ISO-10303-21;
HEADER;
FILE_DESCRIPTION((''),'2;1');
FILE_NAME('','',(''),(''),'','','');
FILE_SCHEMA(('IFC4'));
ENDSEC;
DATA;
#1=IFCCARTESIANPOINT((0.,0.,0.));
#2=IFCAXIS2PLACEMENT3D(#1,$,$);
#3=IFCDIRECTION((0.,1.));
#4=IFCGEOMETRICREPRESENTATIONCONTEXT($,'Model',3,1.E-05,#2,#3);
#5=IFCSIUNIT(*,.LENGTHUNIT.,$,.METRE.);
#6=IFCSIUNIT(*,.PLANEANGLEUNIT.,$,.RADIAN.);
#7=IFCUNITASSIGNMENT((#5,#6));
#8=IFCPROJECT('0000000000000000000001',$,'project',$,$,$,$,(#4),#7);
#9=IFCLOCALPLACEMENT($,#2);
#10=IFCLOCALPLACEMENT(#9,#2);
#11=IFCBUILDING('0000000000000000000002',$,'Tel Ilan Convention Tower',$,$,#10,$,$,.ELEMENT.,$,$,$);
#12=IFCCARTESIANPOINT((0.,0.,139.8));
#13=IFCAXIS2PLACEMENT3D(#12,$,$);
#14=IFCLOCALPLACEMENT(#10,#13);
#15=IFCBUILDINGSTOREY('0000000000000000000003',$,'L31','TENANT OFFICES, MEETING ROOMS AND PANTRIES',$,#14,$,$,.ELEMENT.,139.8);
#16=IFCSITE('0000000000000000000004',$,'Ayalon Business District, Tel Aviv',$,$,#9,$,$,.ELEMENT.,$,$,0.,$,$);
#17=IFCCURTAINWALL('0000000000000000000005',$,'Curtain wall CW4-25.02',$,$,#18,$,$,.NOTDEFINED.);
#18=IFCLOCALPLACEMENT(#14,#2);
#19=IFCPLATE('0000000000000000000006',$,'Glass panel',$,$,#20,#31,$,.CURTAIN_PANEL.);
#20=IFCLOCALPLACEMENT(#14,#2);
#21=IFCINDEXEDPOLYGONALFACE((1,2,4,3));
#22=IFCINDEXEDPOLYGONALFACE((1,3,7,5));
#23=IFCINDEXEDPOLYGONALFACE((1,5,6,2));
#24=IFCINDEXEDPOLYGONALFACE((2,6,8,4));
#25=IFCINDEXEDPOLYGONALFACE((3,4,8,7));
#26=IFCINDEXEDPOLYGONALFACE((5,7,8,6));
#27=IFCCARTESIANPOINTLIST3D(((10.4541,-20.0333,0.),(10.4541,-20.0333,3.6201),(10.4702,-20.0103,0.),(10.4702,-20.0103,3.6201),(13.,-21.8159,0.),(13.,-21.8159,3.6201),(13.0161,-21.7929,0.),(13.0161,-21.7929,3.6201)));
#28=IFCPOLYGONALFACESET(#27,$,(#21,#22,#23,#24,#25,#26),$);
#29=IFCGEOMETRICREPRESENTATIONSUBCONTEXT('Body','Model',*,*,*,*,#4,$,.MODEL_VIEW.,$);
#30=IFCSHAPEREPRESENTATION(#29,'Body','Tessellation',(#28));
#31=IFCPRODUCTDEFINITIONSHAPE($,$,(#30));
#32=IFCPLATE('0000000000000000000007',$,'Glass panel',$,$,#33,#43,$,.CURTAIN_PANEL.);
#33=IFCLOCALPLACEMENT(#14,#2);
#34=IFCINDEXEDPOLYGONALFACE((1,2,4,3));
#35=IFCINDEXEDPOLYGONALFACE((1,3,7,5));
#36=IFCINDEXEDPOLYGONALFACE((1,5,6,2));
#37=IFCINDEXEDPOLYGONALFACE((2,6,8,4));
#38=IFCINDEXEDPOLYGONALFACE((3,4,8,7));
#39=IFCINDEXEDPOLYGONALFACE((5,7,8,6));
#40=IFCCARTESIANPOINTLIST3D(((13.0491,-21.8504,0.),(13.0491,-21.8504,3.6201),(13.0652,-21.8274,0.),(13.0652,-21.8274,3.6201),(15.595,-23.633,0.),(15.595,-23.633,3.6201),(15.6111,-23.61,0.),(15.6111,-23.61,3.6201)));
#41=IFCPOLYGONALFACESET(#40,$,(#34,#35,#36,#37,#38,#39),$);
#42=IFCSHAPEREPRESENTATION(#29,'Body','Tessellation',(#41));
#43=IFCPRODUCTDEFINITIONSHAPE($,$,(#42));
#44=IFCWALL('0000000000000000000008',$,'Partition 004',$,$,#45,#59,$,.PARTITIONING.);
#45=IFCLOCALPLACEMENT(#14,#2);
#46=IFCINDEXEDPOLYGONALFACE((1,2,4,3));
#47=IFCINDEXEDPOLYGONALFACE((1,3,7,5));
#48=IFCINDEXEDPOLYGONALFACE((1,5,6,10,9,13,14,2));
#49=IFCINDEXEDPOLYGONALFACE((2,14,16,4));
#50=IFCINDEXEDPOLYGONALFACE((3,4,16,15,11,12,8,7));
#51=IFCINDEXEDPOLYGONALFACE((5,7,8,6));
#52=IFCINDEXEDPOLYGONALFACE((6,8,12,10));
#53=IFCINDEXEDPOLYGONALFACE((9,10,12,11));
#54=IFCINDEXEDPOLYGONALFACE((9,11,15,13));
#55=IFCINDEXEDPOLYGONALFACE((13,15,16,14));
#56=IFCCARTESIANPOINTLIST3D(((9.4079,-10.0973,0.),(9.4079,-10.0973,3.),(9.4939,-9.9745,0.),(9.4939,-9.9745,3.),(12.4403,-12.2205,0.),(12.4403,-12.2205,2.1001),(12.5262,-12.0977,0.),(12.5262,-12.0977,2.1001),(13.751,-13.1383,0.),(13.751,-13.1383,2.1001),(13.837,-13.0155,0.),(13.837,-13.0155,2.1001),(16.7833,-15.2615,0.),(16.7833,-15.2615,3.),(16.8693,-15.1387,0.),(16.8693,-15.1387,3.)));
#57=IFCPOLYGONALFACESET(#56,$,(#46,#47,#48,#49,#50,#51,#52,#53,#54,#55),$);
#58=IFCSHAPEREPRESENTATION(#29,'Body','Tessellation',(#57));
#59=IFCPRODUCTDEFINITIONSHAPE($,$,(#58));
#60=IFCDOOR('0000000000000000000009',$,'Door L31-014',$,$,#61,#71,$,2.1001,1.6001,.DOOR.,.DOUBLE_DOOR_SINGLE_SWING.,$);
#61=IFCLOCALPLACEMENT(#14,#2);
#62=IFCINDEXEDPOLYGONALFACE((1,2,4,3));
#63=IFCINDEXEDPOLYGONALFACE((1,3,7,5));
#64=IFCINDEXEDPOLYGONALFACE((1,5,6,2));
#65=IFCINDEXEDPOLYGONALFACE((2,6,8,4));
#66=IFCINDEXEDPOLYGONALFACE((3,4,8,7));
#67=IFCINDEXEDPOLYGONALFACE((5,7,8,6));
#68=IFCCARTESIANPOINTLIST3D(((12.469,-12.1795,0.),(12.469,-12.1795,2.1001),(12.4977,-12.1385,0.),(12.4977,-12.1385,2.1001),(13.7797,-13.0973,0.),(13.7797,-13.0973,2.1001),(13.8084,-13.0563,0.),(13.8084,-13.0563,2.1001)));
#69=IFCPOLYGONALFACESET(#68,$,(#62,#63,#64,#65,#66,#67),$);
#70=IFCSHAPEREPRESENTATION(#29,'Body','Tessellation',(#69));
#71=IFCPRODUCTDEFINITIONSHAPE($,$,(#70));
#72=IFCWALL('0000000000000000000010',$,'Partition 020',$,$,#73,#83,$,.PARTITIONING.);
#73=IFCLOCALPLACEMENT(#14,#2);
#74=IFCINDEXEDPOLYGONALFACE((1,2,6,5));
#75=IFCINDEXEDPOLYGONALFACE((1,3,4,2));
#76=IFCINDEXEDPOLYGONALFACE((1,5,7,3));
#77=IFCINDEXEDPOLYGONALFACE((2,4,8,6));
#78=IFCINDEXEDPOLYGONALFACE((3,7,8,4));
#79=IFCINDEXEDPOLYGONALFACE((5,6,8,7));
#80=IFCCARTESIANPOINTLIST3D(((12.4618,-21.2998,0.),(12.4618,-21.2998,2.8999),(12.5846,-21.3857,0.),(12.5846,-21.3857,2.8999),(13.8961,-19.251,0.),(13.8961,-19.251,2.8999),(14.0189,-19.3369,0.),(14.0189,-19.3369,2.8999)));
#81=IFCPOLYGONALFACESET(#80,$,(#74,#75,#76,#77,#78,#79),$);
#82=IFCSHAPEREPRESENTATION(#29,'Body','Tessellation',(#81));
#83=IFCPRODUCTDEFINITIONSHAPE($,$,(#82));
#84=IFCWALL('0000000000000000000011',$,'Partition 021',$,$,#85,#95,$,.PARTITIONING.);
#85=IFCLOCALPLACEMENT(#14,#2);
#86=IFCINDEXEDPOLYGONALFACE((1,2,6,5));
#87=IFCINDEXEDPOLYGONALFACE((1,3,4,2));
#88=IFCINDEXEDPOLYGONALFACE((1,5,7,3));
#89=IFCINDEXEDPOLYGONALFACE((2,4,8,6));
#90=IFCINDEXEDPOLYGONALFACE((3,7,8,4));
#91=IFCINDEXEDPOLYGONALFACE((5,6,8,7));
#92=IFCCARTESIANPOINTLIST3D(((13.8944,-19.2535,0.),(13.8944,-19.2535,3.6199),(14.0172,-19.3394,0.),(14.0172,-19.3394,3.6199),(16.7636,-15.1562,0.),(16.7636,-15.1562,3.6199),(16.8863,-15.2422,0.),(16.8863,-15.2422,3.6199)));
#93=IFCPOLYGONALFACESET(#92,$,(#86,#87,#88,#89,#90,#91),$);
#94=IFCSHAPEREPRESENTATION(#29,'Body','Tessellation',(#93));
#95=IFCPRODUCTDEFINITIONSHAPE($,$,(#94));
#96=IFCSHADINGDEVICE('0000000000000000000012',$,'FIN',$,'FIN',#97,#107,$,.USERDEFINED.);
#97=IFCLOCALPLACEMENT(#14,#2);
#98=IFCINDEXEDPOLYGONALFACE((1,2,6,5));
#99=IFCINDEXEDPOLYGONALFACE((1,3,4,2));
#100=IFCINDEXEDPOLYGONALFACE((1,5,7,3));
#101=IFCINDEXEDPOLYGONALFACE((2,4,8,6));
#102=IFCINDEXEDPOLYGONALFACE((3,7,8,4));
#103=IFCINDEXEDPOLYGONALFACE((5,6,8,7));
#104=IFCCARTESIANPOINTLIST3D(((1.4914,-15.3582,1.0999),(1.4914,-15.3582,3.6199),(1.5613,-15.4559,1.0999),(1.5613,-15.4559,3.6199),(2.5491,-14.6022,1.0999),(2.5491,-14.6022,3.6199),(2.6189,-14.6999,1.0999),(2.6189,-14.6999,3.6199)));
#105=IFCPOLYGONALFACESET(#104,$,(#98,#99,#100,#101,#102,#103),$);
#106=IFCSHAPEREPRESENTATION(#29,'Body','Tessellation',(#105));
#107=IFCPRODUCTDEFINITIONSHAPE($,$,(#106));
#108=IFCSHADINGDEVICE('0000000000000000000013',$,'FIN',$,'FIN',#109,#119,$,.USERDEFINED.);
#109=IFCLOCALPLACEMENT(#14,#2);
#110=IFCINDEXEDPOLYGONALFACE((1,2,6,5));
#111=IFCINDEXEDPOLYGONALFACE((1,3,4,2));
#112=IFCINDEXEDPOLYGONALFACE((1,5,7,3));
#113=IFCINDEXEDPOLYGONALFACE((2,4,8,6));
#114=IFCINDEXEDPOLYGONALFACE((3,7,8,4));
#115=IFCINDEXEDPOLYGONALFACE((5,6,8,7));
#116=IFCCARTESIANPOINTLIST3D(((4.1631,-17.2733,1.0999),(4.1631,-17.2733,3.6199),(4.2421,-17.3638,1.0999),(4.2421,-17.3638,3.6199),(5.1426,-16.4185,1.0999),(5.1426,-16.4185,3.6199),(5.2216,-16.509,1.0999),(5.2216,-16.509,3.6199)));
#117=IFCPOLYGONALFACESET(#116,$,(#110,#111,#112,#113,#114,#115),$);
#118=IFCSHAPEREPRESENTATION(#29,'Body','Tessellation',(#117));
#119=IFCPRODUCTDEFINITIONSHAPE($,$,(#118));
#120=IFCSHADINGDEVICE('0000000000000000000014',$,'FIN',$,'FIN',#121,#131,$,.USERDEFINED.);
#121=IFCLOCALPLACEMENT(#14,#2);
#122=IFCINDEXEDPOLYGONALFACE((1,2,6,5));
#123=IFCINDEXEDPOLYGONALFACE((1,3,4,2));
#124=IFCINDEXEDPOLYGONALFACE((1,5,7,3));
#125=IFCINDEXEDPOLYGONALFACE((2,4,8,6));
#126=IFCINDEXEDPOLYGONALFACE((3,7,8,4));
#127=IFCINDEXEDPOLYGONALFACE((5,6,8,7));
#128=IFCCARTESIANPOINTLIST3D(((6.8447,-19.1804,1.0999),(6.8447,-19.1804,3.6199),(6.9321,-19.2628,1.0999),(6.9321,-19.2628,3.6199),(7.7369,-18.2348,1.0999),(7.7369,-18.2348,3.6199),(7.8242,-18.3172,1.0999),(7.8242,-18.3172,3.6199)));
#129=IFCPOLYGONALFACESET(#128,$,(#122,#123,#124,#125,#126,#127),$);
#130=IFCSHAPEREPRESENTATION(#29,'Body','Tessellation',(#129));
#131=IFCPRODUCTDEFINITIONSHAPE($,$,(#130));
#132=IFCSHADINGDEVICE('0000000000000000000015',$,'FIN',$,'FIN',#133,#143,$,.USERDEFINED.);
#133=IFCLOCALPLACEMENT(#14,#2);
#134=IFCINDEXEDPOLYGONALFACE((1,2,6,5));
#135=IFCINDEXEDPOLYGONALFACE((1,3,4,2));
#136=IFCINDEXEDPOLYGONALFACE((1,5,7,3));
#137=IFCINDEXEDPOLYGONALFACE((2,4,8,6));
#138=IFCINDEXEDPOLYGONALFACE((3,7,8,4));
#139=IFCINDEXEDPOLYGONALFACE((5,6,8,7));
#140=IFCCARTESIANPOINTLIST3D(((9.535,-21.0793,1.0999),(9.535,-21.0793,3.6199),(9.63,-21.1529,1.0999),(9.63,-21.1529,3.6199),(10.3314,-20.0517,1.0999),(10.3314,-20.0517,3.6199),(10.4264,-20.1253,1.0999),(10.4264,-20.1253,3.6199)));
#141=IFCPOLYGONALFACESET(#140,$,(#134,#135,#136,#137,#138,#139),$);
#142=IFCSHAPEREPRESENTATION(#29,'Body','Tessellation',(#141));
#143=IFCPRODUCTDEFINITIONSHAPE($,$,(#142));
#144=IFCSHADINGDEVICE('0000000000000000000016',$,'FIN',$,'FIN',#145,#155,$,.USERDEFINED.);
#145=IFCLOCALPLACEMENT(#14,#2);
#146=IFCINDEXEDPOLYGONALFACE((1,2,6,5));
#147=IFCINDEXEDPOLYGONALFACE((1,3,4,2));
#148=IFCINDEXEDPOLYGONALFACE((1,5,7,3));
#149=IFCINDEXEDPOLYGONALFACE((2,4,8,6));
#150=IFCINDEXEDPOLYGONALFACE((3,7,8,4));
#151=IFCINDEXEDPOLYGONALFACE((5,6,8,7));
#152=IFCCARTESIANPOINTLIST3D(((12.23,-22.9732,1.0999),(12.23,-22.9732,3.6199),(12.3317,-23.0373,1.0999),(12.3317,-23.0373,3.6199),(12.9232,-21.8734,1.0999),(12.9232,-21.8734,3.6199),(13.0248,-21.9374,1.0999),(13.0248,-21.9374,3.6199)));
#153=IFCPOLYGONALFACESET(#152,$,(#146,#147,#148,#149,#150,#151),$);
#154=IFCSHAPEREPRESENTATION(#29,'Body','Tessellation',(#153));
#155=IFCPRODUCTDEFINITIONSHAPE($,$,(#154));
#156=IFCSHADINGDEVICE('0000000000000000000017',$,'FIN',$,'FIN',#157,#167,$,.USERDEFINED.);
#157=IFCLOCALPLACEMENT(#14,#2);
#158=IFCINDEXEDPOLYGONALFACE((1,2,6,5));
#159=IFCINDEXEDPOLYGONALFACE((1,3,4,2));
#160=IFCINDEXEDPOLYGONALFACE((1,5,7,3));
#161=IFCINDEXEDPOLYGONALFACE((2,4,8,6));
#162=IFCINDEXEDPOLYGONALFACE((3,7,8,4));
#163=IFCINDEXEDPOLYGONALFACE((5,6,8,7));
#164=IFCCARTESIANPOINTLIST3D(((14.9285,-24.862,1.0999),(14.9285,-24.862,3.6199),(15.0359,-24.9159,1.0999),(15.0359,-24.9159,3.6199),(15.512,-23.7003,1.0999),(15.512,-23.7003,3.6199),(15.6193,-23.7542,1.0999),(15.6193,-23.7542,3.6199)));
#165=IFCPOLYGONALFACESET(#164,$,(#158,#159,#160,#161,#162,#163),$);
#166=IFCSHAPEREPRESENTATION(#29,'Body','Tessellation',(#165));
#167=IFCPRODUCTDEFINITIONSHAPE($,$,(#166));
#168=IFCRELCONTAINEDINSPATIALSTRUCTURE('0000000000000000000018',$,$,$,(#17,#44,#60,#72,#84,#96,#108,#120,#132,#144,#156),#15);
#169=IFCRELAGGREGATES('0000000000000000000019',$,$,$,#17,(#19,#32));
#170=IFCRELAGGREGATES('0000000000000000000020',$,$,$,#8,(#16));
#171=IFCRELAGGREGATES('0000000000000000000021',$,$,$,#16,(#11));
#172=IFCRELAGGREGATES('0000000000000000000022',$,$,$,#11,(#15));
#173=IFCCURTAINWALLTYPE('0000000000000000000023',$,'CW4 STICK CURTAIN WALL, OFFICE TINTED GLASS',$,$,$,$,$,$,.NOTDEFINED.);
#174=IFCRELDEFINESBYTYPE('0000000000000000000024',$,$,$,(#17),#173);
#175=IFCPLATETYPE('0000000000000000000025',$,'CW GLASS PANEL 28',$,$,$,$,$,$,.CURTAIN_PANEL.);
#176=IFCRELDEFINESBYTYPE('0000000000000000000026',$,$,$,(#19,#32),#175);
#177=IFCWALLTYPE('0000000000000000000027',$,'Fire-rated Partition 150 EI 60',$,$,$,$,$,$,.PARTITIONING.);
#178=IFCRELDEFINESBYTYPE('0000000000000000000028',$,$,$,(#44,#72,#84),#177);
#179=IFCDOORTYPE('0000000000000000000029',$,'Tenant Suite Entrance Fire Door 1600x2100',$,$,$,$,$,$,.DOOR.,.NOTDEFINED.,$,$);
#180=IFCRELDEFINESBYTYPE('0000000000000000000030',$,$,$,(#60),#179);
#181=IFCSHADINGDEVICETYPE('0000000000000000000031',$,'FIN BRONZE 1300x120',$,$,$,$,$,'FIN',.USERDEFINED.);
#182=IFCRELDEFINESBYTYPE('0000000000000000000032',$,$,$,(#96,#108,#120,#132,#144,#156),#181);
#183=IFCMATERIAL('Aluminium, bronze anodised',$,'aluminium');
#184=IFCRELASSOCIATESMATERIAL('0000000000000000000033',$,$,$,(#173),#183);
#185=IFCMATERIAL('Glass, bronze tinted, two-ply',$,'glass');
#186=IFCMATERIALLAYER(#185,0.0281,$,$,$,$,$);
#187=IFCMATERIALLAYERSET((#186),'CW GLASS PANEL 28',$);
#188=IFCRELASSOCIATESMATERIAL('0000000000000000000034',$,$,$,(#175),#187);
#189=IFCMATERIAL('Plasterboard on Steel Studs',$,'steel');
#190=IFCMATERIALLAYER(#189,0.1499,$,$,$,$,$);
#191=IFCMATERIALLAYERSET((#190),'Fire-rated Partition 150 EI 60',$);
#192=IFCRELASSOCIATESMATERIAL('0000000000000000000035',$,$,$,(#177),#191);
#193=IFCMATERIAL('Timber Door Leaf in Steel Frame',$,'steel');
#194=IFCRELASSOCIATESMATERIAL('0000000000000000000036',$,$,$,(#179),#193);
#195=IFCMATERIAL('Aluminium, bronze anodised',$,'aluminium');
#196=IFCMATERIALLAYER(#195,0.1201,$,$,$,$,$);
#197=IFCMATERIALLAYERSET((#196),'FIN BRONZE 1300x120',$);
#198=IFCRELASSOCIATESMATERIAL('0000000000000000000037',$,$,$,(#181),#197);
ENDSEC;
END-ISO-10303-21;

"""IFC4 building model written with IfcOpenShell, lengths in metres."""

from ifc_helpers import new_model, si_unit, direction, frame, frame_2d, origin, origin_2d, place, context, subcontext, project, spatial, rectangle, extrude, material, layer, layer_set, type_object, element, fill, aggregate, save


model = new_model("IFC4")

# Units and contexts
model_context = context("Model", 3, precision=1e-05, world=origin(), true_north=direction((0.0, 1.0)))
body_context = subcontext(model_context, "Body", "Model", "MODEL_VIEW")
ifc_project = project(units=[si_unit("LENGTHUNIT", "METRE"), si_unit("PLANEANGLEUNIT", "RADIAN")], contexts=[model_context])

# Site, building, storey
site_placement = place(None, origin())
site = spatial("IfcSite", under=ifc_project, at=site_placement, Name="Ayalon Business District, Tel Aviv", CompositionType="ELEMENT", RefElevation=0.0)
building_placement = place(site_placement, origin())
building = spatial("IfcBuilding", under=site, at=building_placement, Name="Tel Ilan Convention Tower", CompositionType="ELEMENT")
storey_placement = place(building_placement, frame((0.0, 0.0, 139.8)))
storey = spatial("IfcBuildingStorey", under=building, at=storey_placement, Name="L31", Description="TENANT OFFICES, MEETING ROOMS AND PANTRIES", CompositionType="ELEMENT", Elevation=139.8)

# Curtain wall, plates
ifc_material_1 = material(Name="Aluminium, bronze anodised", Category="aluminium")
curtain_wall_type = type_object("IfcCurtainWallType", Name="CW4 STICK CURTAIN WALL, OFFICE TINTED GLASS", PredefinedType="NOTDEFINED", material=ifc_material_1)
curtain_wall_placement = place(storey_placement, origin())
curtain_wall = element("IfcCurtainWall", 1, at=curtain_wall_placement, inside=storey, type_object=curtain_wall_type, Name="Curtain wall CW4-25.02", PredefinedType="NOTDEFINED")
ifc_material_2 = material(Name="Glass, bronze tinted, two-ply", Category="glass")
ifc_layer_1 = layer(ifc_material_2, 0.0281)
ifc_layer_set_1 = layer_set([ifc_layer_1], Name="CW GLASS PANEL 28")
plate_type = type_object("IfcPlateType", Name="CW GLASS PANEL 28", PredefinedType="CURTAIN_PANEL", material=ifc_layer_set_1)
plate_1_placement = place(storey_placement, frame((11.7351, -20.9131, 0.0), z_axis=(0.0, 0.0, 1.0), x_axis=(0.819152, -0.573576, 0.0)))
plate_1 = element("IfcPlate", 2, at=plate_1_placement, type_object=plate_type, Name="Glass panel", PredefinedType="CURTAIN_PANEL", context=body_context, shape_type="SweptSolid", body=[
    extrude(rectangle(XDim=3.1079, YDim=0.0281, at=origin_2d()), origin(), (0.0, 0.0, 1.0), 3.6201),
])
plate_2_placement = place(storey_placement, frame((14.3301, -22.7302, 0.0), z_axis=(0.0, 0.0, 1.0), x_axis=(0.819152, -0.573576, 0.0)))
plate_2 = element("IfcPlate", 3, at=plate_2_placement, type_object=plate_type, Name="Glass panel", PredefinedType="CURTAIN_PANEL", context=body_context, shape_type="SweptSolid", body=[
    extrude(rectangle(XDim=3.1079, YDim=0.0281, at=origin_2d()), origin(), (0.0, 0.0, 1.0), 3.6201),
])
aggregate(curtain_wall, [plate_1, plate_2])

# Wall, opening, door
ifc_material_3 = material(Name="Plasterboard on Steel Studs", Category="steel")
ifc_layer_2 = layer(ifc_material_3, 0.1499)
ifc_layer_set_2 = layer_set([ifc_layer_2], Name="Fire-rated Partition 150 EI 60")
wall_type = type_object("IfcWallType", Name="Fire-rated Partition 150 EI 60", PredefinedType="PARTITIONING", material=ifc_layer_set_2)
wall_1_placement = place(storey_placement, frame((16.8264, -15.2002, 0.0), z_axis=(0.0, 0.0, 1.0), x_axis=(-0.819155, 0.573572, 0.0)))
wall_1 = element("IfcWall", 4, at=wall_1_placement, inside=storey, type_object=wall_type, Name="Partition 004", PredefinedType="PARTITIONING", context=body_context, shape_type="SweptSolid", body=[
    extrude(rectangle(XDim=9.0037, YDim=0.1499, at=frame_2d((4.502, 0.0))), origin(), (0.0, 0.0, 1.0), 3.0),
])
opening_placement = place(wall_1_placement, frame((3.7019, 0.0, 0.0)))
opening = element("IfcOpeningElement", 5, at=opening_placement, cuts=wall_1, PredefinedType="OPENING", context=body_context, shape_type="SweptSolid", body=[
    extrude(rectangle(XDim=1.6001, YDim=2.1001, at=frame_2d((0.8, 1.05))), frame((0.0, 0.085, 0.0), z_axis=(0.0, -1.0, 0.0), x_axis=(1.0, 0.0, 0.0)), (0.0, 0.0, 1.0), 0.1699),
])
ifc_material_4 = material(Name="Timber Door Leaf in Steel Frame", Category="steel")
door_type = type_object("IfcDoorType", Name="Tenant Suite Entrance Fire Door 1600x2100", OperationType="NOTDEFINED", PredefinedType="DOOR", material=ifc_material_4)
door_placement = place(opening_placement, origin())
door = element("IfcDoor", 6, at=door_placement, inside=storey, type_object=door_type, Name="Door L31-014", OperationType="DOUBLE_DOOR_SINGLE_SWING", OverallHeight=2.1001, OverallWidth=1.6001, PredefinedType="DOOR", context=body_context, shape_type="SweptSolid", body=[
    extrude(rectangle(XDim=1.6001, YDim=2.1001, at=frame_2d((0.8, 1.05))), frame((0.0, 0.0249, 0.0), z_axis=(0.0, -1.0, 0.0), x_axis=(1.0, 0.0, 0.0)), (0.0, 0.0, 1.0), 0.05),
])
fill(opening, door)

# Walls
wall_2_placement = place(storey_placement, frame((13.9575, -19.2939, 0.0), z_axis=(0.0, 0.0, 1.0), x_axis=(-0.573502, -0.819204, 0.0)))
element("IfcWall", 7, at=wall_2_placement, inside=storey, type_object=wall_type, Name="Partition 020", PredefinedType="PARTITIONING", context=body_context, shape_type="SweptSolid", body=[
    extrude(rectangle(XDim=2.501, YDim=0.1499, at=frame_2d((1.2505, 0.0))), origin(), (0.0, 0.0, 1.0), 2.8999),
])
wall_3_placement = place(storey_placement, frame((16.825, -15.1992, 0.0), z_axis=(0.0, 0.0, 1.0), x_axis=(-0.573613, -0.819126, 0.0)))
element("IfcWall", 8, at=wall_3_placement, inside=storey, type_object=wall_type, Name="Partition 021", PredefinedType="PARTITIONING", context=body_context, shape_type="SweptSolid", body=[
    extrude(rectangle(XDim=5.002, YDim=0.1499, at=frame_2d((2.501, 0.0))), origin(), (0.0, 0.0, 1.0), 3.6199),
])

# Shading devices
ifc_material_5 = material(Name="Aluminium, bronze anodised", Category="aluminium")
ifc_layer_3 = layer(ifc_material_5, 0.1201)
ifc_layer_set_3 = layer_set([ifc_layer_3], Name="FIN BRONZE 1300x120")
shading_device_type = type_object("IfcShadingDeviceType", Name="FIN BRONZE 1300x120", ElementType="FIN", PredefinedType="USERDEFINED", material=ifc_layer_set_3)
for number, where, z_axis, x_axis, name in (
    (9, (2.0552, -15.0291, 1.0999), (0.0, 0.0, 1.0), (-0.813552, -0.581492, 0.0), "FIN"),
    (10, (4.6924, -16.8911, 1.0999), (0.0, 0.0, 1.0), (-0.753436, -0.657521, 0.0), "FIN"),
    (11, (7.3345, -18.7488, 1.0999), (0.0, 0.0, 1.0), (-0.686242, -0.727374, 0.0), "FIN"),
    (12, (9.9807, -20.6023, 1.0999), (0.0, 0.0, 1.0), (-0.612601, -0.790393, 0.0), "FIN"),
    (13, (12.6274, -22.4553, 1.0999), (0.0, 0.0, 1.0), (-0.533204, -0.845986, 0.0), "FIN"),
    (14, (15.2739, -24.3081, 1.0999), (0.0, 0.0, 1.0), (-0.448799, -0.893633, 0.0), "FIN"),
):
    element("IfcShadingDevice", number, at=place(storey_placement, frame(where, z_axis=z_axis, x_axis=x_axis)), inside=storey, type_object=shading_device_type, Name=name, ObjectType="FIN", PredefinedType="USERDEFINED", context=body_context, shape_type="SweptSolid", body=[
        extrude(rectangle(XDim=1.3, YDim=0.1201, at=origin_2d()), origin(), (0.0, 0.0, 1.0), 2.52),
    ])

save(model, "model.ifc")
